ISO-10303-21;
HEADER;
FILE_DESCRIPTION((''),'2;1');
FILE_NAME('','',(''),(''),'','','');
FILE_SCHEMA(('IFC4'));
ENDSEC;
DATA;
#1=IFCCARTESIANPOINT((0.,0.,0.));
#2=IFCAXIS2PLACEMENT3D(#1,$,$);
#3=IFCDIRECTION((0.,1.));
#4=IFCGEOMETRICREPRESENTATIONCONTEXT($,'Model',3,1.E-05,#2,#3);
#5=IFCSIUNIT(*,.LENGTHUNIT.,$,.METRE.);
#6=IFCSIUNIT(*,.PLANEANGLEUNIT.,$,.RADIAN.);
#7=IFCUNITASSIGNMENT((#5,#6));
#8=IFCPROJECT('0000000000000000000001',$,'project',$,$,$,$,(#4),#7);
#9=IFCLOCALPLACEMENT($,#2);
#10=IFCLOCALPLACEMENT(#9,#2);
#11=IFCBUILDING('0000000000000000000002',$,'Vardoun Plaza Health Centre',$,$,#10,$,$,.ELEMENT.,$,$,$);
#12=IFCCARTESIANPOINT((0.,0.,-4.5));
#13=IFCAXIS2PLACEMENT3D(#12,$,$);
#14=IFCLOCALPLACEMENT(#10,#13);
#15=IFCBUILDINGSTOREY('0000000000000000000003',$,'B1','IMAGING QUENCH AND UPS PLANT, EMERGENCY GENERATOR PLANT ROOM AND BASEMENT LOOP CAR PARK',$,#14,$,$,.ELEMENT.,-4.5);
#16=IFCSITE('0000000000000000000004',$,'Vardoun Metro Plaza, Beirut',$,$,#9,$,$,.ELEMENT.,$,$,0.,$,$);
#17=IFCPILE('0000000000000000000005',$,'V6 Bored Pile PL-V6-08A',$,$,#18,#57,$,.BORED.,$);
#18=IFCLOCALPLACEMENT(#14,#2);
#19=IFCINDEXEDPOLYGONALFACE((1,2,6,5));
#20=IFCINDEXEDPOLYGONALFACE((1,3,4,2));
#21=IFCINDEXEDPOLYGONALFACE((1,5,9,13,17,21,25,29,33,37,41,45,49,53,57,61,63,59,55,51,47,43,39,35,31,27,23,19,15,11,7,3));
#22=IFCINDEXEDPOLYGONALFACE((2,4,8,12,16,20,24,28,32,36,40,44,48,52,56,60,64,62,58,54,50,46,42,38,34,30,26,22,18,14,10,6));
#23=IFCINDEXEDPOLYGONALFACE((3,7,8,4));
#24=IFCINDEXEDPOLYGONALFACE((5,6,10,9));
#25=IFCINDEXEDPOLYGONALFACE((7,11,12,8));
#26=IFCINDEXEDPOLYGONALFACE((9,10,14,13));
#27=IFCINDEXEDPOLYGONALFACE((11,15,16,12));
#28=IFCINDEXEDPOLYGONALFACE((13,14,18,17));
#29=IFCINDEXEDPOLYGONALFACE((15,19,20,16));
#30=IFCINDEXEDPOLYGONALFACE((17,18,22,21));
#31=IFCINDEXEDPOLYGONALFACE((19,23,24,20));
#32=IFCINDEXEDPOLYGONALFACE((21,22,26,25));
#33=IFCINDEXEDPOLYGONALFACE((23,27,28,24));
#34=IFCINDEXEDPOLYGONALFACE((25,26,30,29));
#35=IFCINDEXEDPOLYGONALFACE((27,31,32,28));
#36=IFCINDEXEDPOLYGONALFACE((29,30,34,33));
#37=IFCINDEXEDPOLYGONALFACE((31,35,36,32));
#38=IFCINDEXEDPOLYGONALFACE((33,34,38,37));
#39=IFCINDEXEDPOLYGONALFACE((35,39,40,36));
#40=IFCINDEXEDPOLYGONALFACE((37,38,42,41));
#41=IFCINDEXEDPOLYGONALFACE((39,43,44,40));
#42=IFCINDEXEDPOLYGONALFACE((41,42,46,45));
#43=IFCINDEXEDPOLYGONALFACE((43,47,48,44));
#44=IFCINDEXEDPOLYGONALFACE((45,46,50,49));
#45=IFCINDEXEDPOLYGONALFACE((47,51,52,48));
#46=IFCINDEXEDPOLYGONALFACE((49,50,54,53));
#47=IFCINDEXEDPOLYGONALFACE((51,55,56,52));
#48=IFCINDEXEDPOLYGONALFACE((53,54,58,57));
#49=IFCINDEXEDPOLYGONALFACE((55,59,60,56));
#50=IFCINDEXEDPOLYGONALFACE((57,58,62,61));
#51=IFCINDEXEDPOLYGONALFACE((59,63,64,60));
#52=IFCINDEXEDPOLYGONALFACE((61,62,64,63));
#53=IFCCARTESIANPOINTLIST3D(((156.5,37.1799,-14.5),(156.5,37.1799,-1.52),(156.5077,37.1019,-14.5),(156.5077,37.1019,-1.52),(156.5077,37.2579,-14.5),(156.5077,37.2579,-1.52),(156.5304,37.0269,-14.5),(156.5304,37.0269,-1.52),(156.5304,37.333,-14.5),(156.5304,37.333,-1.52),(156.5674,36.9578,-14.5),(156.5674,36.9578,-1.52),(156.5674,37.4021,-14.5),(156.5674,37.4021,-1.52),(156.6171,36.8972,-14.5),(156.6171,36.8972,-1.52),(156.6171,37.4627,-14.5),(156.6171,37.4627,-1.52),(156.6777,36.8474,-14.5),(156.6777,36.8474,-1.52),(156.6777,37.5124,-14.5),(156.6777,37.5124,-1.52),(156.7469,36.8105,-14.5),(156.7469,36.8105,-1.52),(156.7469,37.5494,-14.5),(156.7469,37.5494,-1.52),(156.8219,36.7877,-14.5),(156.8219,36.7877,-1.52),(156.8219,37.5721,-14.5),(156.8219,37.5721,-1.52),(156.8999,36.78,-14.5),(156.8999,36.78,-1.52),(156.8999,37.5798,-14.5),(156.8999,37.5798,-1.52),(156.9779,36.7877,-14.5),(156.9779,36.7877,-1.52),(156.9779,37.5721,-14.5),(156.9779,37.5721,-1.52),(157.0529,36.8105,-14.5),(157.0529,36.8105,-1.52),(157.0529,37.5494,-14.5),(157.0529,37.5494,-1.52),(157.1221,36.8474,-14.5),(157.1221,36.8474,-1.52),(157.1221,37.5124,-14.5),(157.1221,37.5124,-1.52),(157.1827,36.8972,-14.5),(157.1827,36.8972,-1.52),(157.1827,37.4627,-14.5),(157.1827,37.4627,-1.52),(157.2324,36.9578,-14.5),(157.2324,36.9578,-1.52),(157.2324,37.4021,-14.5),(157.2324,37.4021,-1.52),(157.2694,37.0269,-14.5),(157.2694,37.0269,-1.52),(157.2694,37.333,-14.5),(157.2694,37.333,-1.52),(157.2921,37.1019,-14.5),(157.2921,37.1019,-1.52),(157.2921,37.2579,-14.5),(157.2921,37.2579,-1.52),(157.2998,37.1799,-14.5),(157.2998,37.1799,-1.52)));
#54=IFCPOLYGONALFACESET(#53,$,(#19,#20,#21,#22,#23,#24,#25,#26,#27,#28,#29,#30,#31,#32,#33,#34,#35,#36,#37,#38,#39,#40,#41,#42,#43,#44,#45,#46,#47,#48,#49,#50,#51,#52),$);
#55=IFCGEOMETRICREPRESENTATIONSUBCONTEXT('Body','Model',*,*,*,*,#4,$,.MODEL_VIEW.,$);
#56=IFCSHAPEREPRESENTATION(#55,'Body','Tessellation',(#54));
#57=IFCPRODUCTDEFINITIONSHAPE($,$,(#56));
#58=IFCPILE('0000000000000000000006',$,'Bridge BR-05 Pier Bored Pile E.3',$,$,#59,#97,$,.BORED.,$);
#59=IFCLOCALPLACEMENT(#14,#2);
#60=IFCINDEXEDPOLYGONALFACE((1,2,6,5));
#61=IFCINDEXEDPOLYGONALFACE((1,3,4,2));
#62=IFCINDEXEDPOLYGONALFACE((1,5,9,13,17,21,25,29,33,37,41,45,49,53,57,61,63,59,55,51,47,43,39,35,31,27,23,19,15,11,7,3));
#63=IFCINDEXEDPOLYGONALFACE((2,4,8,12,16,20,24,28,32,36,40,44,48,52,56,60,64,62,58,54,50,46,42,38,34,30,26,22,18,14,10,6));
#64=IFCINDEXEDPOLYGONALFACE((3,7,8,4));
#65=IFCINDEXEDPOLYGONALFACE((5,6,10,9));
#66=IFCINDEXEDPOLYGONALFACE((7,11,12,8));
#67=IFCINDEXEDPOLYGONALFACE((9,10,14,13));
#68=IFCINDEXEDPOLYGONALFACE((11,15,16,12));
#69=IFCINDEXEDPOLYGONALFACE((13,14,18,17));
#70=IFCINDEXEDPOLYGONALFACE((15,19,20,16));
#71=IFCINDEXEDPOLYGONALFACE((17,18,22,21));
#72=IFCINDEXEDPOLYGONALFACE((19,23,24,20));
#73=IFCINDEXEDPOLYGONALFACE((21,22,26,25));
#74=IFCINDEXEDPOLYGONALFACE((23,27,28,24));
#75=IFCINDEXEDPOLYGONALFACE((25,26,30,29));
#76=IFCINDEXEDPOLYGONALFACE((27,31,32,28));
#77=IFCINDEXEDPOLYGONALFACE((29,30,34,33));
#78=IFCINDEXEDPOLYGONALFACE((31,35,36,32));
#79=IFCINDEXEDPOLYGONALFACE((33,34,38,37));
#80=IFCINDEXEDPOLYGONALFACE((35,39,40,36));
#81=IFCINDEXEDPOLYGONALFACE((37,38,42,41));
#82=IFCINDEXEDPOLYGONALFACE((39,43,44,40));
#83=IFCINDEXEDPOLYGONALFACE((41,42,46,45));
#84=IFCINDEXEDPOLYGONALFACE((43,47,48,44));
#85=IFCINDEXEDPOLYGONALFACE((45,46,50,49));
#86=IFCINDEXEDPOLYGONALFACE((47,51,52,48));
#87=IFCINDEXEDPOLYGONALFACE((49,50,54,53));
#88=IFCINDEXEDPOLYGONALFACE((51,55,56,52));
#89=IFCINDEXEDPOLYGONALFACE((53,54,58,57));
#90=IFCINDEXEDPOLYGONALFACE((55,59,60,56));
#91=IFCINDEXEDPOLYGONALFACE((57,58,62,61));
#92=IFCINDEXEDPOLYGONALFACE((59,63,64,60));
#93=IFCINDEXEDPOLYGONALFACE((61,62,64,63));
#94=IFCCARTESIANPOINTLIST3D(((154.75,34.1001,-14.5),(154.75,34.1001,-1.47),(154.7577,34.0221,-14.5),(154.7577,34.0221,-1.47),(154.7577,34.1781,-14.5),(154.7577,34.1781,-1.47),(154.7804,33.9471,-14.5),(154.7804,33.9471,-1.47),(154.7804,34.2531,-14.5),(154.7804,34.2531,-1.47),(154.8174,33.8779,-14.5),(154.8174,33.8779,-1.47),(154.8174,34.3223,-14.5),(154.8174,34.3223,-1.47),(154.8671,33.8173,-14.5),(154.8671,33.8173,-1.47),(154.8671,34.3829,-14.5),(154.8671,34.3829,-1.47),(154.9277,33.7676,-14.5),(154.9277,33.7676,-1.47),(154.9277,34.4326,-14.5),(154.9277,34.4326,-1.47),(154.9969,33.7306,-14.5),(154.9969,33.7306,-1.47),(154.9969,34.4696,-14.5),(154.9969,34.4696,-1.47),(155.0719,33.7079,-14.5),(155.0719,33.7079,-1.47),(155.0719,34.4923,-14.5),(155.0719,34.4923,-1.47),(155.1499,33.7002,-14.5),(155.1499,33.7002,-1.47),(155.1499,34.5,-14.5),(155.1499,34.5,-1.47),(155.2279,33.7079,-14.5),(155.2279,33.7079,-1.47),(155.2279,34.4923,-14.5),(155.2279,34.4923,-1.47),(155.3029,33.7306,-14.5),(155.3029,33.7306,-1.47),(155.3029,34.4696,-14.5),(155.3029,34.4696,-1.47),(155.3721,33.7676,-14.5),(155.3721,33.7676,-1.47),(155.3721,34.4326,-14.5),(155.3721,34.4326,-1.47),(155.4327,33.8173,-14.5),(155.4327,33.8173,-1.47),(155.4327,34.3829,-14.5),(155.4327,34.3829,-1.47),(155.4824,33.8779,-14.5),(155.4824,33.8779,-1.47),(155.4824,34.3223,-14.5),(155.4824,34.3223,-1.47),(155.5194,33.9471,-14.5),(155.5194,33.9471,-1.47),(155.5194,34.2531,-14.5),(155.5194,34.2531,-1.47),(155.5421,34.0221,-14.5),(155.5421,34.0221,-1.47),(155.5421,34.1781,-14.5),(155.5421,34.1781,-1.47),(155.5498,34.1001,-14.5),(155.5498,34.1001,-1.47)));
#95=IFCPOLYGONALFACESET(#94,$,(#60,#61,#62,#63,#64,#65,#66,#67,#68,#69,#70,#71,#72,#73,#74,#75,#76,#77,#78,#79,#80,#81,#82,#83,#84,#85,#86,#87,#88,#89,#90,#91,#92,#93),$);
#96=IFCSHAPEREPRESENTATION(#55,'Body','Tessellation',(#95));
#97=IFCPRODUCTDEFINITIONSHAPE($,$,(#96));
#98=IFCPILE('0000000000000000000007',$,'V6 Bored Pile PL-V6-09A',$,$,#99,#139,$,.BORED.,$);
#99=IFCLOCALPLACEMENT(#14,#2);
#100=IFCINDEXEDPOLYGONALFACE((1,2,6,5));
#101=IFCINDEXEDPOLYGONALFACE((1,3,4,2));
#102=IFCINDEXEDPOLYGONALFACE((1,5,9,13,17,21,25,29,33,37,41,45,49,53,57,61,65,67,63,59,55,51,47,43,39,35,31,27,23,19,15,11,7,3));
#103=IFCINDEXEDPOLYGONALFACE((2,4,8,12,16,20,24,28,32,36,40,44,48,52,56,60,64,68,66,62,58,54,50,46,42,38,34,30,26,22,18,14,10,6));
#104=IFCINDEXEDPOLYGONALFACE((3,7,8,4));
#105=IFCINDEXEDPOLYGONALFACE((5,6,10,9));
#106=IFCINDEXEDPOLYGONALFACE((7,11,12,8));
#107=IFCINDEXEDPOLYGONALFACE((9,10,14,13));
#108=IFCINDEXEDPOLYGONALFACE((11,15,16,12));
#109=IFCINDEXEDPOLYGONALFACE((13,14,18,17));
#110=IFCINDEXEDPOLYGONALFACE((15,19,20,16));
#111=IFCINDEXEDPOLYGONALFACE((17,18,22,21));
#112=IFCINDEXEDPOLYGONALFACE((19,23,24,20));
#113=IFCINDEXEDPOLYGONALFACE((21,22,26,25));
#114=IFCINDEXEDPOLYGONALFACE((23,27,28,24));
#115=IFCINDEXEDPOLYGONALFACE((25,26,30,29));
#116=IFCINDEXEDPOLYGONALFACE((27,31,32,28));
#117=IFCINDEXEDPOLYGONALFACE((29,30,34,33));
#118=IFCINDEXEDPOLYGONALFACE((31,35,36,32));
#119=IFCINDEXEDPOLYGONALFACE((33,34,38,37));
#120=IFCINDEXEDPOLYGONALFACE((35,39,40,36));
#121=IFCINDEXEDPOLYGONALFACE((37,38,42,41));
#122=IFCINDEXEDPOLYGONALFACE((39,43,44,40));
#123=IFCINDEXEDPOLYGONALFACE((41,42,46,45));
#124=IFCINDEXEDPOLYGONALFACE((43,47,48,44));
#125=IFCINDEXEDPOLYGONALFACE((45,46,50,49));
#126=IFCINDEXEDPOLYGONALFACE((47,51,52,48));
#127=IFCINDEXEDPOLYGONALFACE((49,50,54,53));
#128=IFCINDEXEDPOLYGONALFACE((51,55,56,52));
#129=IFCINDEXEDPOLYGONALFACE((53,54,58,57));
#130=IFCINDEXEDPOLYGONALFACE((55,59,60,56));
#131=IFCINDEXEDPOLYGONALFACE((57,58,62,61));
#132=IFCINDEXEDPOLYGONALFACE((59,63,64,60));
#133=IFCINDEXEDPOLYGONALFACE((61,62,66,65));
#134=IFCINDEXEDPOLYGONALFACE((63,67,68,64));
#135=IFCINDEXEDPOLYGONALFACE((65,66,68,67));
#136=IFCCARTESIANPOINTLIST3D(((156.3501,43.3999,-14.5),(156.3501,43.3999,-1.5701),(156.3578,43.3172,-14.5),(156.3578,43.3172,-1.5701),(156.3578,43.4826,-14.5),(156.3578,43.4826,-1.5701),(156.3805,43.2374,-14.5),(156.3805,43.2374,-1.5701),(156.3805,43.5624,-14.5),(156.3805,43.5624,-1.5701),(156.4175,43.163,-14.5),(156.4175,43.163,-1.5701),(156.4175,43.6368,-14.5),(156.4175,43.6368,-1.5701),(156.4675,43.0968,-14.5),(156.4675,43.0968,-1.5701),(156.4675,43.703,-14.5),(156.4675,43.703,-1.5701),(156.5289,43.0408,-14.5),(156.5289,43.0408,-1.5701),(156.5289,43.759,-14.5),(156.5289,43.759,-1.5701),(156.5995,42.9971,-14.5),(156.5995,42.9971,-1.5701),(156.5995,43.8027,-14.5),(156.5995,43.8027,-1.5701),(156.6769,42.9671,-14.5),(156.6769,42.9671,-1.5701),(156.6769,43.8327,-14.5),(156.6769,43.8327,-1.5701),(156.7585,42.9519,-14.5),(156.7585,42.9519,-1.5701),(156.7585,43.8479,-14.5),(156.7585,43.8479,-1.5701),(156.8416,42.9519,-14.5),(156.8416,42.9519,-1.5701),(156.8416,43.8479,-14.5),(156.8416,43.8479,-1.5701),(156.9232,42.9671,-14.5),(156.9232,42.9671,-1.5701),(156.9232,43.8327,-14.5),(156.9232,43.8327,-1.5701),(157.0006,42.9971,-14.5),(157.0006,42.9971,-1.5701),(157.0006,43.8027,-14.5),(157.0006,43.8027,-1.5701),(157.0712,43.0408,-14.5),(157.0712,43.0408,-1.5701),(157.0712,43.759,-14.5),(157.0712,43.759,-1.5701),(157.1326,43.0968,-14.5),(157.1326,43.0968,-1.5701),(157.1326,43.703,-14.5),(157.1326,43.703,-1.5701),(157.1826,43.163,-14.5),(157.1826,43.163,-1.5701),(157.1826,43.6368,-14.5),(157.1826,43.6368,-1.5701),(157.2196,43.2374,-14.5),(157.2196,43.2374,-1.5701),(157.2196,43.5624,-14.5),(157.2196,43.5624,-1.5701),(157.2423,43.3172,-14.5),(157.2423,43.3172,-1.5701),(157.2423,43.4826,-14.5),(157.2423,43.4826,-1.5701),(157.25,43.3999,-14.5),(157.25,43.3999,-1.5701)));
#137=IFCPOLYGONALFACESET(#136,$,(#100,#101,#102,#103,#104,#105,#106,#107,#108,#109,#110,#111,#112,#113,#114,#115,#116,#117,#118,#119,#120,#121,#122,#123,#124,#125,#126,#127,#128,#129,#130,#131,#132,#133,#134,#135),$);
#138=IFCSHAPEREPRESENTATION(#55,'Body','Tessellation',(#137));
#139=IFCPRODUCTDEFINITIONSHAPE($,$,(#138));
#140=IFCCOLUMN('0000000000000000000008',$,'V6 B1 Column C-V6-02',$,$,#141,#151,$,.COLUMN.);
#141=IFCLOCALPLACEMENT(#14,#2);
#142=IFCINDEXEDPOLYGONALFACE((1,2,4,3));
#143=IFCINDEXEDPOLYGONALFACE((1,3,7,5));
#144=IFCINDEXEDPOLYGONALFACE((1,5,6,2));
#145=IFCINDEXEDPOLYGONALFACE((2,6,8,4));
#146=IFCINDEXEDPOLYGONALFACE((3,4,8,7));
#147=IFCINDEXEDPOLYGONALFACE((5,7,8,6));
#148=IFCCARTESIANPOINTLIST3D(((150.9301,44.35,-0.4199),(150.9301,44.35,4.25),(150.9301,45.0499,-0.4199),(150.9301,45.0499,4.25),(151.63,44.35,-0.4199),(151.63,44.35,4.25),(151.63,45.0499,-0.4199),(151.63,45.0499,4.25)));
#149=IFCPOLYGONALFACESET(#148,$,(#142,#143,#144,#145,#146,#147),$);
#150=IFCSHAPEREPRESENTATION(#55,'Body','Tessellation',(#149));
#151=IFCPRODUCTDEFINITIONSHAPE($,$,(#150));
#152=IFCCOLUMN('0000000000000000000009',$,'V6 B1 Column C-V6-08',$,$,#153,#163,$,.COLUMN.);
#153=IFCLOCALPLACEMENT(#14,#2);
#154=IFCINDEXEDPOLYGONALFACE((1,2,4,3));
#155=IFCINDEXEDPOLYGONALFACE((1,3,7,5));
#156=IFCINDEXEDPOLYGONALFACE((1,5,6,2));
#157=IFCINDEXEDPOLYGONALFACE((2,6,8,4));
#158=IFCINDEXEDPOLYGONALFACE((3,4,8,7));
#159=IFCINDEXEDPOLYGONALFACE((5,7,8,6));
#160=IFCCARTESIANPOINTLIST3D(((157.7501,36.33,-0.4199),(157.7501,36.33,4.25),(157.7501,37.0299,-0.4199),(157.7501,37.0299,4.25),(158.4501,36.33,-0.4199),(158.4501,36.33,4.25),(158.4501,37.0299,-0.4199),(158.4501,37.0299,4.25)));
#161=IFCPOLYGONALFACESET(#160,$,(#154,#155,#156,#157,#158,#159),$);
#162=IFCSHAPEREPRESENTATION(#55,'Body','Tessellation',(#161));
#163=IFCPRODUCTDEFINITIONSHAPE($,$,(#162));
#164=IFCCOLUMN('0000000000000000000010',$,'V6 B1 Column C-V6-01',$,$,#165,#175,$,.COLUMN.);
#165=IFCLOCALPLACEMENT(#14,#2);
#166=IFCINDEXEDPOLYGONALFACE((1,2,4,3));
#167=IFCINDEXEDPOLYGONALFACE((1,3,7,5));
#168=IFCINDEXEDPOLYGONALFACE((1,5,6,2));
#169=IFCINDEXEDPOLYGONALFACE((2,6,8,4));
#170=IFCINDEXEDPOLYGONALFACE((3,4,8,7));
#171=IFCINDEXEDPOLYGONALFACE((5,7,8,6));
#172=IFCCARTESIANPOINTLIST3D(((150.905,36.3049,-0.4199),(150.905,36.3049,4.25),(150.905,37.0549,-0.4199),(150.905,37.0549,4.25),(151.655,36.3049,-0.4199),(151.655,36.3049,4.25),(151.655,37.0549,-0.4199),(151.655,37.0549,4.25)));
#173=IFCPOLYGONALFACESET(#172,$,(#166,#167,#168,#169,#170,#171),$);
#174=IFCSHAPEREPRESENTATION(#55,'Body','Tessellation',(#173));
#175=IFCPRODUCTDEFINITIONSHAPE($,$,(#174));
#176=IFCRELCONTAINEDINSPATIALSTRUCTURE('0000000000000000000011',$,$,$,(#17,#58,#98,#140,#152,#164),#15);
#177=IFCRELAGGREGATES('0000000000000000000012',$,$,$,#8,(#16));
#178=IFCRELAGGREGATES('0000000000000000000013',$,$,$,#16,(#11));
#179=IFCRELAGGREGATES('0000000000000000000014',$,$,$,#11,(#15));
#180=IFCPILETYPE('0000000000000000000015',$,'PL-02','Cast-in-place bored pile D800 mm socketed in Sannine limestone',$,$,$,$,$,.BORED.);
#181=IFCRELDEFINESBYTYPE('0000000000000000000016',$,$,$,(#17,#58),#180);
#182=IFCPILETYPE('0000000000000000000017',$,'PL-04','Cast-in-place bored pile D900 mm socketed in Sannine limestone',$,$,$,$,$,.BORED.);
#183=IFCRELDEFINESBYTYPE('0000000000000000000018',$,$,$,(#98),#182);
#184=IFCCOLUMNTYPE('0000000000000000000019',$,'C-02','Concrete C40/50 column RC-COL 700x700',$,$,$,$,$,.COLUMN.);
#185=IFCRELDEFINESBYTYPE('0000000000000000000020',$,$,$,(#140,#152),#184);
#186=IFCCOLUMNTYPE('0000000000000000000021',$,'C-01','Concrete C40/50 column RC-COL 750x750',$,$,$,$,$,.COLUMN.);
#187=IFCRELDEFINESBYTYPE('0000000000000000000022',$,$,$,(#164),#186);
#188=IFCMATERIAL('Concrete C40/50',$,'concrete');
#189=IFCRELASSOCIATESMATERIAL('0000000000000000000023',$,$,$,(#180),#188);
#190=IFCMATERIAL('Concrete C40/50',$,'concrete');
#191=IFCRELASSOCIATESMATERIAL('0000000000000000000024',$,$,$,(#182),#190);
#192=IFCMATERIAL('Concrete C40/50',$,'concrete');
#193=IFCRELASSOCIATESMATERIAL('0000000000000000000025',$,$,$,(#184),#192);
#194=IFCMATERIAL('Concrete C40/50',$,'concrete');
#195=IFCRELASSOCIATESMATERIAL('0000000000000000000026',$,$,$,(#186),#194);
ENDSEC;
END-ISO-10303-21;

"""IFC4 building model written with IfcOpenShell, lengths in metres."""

from ifc_helpers import new_model, si_unit, direction, frame, origin, origin_2d, place, context, subcontext, project, spatial, rectangle, circle, extrude, material, material_profile, profile_set, type_object, element, save


model = new_model("IFC4")

# Units and contexts
model_context = context("Model", 3, precision=1e-05, world=origin(), true_north=direction((0.0, 1.0)))
body_context = subcontext(model_context, "Body", "Model", "MODEL_VIEW")
ifc_project = project(units=[si_unit("LENGTHUNIT", "METRE"), si_unit("PLANEANGLEUNIT", "RADIAN")], contexts=[model_context])

# Site, building, storey
site_placement = place(None, origin())
site = spatial("IfcSite", under=ifc_project, at=site_placement, Name="Vardoun Metro Plaza, Beirut", CompositionType="ELEMENT", RefElevation=0.0)
building_placement = place(site_placement, origin())
building = spatial("IfcBuilding", under=site, at=building_placement, Name="Vardoun Plaza Health Centre", CompositionType="ELEMENT")
storey_placement = place(building_placement, frame((0.0, 0.0, -4.5)))
storey = spatial("IfcBuildingStorey", under=building, at=storey_placement, Name="B1", Description="IMAGING QUENCH AND UPS PLANT, EMERGENCY GENERATOR PLANT ROOM AND BASEMENT LOOP CAR PARK", CompositionType="ELEMENT", Elevation=-4.5)

# Piles
ifc_material_1 = material(Name="Concrete C40/50", Category="concrete")
ifc_material_profile_1 = material_profile(ifc_material_1, circle(Radius=0.3999, at=origin_2d()), Name="PILE D800")
ifc_profile_set_1 = profile_set([ifc_material_profile_1], Name="Concrete C40/50")
pile_type_1 = type_object("IfcPileType", Name="PL-02", Description="Cast-in-place bored pile D800 mm socketed in Sannine limestone", PredefinedType="BORED", material=ifc_profile_set_1)
for number, where, z_axis, x_axis, name in (
    (1, (156.8999, 37.1799, -1.52), (0.0, 0.0, -1.0), (1.0, 0.0, 0.0), "V6 Bored Pile PL-V6-08A"),
):
    element("IfcPile", number, at=place(storey_placement, frame(where, z_axis=z_axis, x_axis=x_axis)), inside=storey, type_object=pile_type_1, Name=name, PredefinedType="BORED", context=body_context, shape_type="SweptSolid", body=[
        extrude(circle(Radius=0.3999, at=origin_2d()), origin(), (0.0, 0.0, 1.0), 12.98),
    ])
pile_1_placement = place(storey_placement, frame((155.1499, 34.1001, -1.47), z_axis=(0.0, 0.0, -1.0), x_axis=(1.0, 0.0, 0.0)))
element("IfcPile", 2, at=pile_1_placement, inside=storey, type_object=pile_type_1, Name="Bridge BR-05 Pier Bored Pile E.3", PredefinedType="BORED", context=body_context, shape_type="SweptSolid", body=[
    extrude(circle(Radius=0.3999, at=origin_2d()), origin(), (0.0, 0.0, 1.0), 13.03),
])
ifc_material_2 = material(Name="Concrete C40/50", Category="concrete")
ifc_material_profile_2 = material_profile(ifc_material_2, circle(Radius=0.45, at=origin_2d()), Name="PILE D900")
ifc_profile_set_2 = profile_set([ifc_material_profile_2], Name="Concrete C40/50")
pile_type_2 = type_object("IfcPileType", Name="PL-04", Description="Cast-in-place bored pile D900 mm socketed in Sannine limestone", PredefinedType="BORED", material=ifc_profile_set_2)
pile_2_placement = place(storey_placement, frame((156.8, 43.3999, -1.5701), z_axis=(0.0, 0.0, -1.0), x_axis=(1.0, 0.0, 0.0)))
element("IfcPile", 3, at=pile_2_placement, inside=storey, type_object=pile_type_2, Name="V6 Bored Pile PL-V6-09A", PredefinedType="BORED", context=body_context, shape_type="SweptSolid", body=[
    extrude(circle(Radius=0.45, at=origin_2d()), origin(), (0.0, 0.0, 1.0), 12.9299),
])

# Columns
ifc_material_3 = material(Name="Concrete C40/50", Category="concrete")
ifc_material_profile_3 = material_profile(ifc_material_3, rectangle(XDim=0.7, YDim=0.7, at=origin_2d()), Name="RC-COL 700x700")
ifc_profile_set_3 = profile_set([ifc_material_profile_3], Name="Concrete C40/50")
column_type_1 = type_object("IfcColumnType", Name="C-02", Description="Concrete C40/50 column RC-COL 700x700", PredefinedType="COLUMN", material=ifc_profile_set_3)
for number, where, z_axis, x_axis, name in (
    (4, (151.28, 44.7, -0.4199), (0.0, 0.0, 1.0), (1.0, 0.0, 0.0), "V6 B1 Column C-V6-02"),
    (5, (158.1001, 36.6799, -0.4199), (0.0, 0.0, 1.0), (1.0, 0.0, 0.0), "V6 B1 Column C-V6-08"),
):
    element("IfcColumn", number, at=place(storey_placement, frame(where, z_axis=z_axis, x_axis=x_axis)), inside=storey, type_object=column_type_1, Name=name, PredefinedType="COLUMN", context=body_context, shape_type="SweptSolid", body=[
        extrude(rectangle(XDim=0.7, YDim=0.7, at=origin_2d()), origin(), (0.0, 0.0, 1.0), 4.6699),
    ])
ifc_material_4 = material(Name="Concrete C40/50", Category="concrete")
ifc_material_profile_4 = material_profile(ifc_material_4, rectangle(XDim=0.75, YDim=0.75, at=origin_2d()), Name="RC-COL 750x750")
ifc_profile_set_4 = profile_set([ifc_material_profile_4], Name="Concrete C40/50")
column_type_2 = type_object("IfcColumnType", Name="C-01", Description="Concrete C40/50 column RC-COL 750x750", PredefinedType="COLUMN", material=ifc_profile_set_4)
column_1_placement = place(storey_placement, frame((151.28, 36.6799, -0.4199), z_axis=(0.0, 0.0, 1.0), x_axis=(1.0, 0.0, 0.0)))
element("IfcColumn", 6, at=column_1_placement, inside=storey, type_object=column_type_2, Name="V6 B1 Column C-V6-01", PredefinedType="COLUMN", context=body_context, shape_type="SweptSolid", body=[
    extrude(rectangle(XDim=0.75, YDim=0.75, at=origin_2d()), origin(), (0.0, 0.0, 1.0), 4.6699),
])

save(model, "model.ifc")
